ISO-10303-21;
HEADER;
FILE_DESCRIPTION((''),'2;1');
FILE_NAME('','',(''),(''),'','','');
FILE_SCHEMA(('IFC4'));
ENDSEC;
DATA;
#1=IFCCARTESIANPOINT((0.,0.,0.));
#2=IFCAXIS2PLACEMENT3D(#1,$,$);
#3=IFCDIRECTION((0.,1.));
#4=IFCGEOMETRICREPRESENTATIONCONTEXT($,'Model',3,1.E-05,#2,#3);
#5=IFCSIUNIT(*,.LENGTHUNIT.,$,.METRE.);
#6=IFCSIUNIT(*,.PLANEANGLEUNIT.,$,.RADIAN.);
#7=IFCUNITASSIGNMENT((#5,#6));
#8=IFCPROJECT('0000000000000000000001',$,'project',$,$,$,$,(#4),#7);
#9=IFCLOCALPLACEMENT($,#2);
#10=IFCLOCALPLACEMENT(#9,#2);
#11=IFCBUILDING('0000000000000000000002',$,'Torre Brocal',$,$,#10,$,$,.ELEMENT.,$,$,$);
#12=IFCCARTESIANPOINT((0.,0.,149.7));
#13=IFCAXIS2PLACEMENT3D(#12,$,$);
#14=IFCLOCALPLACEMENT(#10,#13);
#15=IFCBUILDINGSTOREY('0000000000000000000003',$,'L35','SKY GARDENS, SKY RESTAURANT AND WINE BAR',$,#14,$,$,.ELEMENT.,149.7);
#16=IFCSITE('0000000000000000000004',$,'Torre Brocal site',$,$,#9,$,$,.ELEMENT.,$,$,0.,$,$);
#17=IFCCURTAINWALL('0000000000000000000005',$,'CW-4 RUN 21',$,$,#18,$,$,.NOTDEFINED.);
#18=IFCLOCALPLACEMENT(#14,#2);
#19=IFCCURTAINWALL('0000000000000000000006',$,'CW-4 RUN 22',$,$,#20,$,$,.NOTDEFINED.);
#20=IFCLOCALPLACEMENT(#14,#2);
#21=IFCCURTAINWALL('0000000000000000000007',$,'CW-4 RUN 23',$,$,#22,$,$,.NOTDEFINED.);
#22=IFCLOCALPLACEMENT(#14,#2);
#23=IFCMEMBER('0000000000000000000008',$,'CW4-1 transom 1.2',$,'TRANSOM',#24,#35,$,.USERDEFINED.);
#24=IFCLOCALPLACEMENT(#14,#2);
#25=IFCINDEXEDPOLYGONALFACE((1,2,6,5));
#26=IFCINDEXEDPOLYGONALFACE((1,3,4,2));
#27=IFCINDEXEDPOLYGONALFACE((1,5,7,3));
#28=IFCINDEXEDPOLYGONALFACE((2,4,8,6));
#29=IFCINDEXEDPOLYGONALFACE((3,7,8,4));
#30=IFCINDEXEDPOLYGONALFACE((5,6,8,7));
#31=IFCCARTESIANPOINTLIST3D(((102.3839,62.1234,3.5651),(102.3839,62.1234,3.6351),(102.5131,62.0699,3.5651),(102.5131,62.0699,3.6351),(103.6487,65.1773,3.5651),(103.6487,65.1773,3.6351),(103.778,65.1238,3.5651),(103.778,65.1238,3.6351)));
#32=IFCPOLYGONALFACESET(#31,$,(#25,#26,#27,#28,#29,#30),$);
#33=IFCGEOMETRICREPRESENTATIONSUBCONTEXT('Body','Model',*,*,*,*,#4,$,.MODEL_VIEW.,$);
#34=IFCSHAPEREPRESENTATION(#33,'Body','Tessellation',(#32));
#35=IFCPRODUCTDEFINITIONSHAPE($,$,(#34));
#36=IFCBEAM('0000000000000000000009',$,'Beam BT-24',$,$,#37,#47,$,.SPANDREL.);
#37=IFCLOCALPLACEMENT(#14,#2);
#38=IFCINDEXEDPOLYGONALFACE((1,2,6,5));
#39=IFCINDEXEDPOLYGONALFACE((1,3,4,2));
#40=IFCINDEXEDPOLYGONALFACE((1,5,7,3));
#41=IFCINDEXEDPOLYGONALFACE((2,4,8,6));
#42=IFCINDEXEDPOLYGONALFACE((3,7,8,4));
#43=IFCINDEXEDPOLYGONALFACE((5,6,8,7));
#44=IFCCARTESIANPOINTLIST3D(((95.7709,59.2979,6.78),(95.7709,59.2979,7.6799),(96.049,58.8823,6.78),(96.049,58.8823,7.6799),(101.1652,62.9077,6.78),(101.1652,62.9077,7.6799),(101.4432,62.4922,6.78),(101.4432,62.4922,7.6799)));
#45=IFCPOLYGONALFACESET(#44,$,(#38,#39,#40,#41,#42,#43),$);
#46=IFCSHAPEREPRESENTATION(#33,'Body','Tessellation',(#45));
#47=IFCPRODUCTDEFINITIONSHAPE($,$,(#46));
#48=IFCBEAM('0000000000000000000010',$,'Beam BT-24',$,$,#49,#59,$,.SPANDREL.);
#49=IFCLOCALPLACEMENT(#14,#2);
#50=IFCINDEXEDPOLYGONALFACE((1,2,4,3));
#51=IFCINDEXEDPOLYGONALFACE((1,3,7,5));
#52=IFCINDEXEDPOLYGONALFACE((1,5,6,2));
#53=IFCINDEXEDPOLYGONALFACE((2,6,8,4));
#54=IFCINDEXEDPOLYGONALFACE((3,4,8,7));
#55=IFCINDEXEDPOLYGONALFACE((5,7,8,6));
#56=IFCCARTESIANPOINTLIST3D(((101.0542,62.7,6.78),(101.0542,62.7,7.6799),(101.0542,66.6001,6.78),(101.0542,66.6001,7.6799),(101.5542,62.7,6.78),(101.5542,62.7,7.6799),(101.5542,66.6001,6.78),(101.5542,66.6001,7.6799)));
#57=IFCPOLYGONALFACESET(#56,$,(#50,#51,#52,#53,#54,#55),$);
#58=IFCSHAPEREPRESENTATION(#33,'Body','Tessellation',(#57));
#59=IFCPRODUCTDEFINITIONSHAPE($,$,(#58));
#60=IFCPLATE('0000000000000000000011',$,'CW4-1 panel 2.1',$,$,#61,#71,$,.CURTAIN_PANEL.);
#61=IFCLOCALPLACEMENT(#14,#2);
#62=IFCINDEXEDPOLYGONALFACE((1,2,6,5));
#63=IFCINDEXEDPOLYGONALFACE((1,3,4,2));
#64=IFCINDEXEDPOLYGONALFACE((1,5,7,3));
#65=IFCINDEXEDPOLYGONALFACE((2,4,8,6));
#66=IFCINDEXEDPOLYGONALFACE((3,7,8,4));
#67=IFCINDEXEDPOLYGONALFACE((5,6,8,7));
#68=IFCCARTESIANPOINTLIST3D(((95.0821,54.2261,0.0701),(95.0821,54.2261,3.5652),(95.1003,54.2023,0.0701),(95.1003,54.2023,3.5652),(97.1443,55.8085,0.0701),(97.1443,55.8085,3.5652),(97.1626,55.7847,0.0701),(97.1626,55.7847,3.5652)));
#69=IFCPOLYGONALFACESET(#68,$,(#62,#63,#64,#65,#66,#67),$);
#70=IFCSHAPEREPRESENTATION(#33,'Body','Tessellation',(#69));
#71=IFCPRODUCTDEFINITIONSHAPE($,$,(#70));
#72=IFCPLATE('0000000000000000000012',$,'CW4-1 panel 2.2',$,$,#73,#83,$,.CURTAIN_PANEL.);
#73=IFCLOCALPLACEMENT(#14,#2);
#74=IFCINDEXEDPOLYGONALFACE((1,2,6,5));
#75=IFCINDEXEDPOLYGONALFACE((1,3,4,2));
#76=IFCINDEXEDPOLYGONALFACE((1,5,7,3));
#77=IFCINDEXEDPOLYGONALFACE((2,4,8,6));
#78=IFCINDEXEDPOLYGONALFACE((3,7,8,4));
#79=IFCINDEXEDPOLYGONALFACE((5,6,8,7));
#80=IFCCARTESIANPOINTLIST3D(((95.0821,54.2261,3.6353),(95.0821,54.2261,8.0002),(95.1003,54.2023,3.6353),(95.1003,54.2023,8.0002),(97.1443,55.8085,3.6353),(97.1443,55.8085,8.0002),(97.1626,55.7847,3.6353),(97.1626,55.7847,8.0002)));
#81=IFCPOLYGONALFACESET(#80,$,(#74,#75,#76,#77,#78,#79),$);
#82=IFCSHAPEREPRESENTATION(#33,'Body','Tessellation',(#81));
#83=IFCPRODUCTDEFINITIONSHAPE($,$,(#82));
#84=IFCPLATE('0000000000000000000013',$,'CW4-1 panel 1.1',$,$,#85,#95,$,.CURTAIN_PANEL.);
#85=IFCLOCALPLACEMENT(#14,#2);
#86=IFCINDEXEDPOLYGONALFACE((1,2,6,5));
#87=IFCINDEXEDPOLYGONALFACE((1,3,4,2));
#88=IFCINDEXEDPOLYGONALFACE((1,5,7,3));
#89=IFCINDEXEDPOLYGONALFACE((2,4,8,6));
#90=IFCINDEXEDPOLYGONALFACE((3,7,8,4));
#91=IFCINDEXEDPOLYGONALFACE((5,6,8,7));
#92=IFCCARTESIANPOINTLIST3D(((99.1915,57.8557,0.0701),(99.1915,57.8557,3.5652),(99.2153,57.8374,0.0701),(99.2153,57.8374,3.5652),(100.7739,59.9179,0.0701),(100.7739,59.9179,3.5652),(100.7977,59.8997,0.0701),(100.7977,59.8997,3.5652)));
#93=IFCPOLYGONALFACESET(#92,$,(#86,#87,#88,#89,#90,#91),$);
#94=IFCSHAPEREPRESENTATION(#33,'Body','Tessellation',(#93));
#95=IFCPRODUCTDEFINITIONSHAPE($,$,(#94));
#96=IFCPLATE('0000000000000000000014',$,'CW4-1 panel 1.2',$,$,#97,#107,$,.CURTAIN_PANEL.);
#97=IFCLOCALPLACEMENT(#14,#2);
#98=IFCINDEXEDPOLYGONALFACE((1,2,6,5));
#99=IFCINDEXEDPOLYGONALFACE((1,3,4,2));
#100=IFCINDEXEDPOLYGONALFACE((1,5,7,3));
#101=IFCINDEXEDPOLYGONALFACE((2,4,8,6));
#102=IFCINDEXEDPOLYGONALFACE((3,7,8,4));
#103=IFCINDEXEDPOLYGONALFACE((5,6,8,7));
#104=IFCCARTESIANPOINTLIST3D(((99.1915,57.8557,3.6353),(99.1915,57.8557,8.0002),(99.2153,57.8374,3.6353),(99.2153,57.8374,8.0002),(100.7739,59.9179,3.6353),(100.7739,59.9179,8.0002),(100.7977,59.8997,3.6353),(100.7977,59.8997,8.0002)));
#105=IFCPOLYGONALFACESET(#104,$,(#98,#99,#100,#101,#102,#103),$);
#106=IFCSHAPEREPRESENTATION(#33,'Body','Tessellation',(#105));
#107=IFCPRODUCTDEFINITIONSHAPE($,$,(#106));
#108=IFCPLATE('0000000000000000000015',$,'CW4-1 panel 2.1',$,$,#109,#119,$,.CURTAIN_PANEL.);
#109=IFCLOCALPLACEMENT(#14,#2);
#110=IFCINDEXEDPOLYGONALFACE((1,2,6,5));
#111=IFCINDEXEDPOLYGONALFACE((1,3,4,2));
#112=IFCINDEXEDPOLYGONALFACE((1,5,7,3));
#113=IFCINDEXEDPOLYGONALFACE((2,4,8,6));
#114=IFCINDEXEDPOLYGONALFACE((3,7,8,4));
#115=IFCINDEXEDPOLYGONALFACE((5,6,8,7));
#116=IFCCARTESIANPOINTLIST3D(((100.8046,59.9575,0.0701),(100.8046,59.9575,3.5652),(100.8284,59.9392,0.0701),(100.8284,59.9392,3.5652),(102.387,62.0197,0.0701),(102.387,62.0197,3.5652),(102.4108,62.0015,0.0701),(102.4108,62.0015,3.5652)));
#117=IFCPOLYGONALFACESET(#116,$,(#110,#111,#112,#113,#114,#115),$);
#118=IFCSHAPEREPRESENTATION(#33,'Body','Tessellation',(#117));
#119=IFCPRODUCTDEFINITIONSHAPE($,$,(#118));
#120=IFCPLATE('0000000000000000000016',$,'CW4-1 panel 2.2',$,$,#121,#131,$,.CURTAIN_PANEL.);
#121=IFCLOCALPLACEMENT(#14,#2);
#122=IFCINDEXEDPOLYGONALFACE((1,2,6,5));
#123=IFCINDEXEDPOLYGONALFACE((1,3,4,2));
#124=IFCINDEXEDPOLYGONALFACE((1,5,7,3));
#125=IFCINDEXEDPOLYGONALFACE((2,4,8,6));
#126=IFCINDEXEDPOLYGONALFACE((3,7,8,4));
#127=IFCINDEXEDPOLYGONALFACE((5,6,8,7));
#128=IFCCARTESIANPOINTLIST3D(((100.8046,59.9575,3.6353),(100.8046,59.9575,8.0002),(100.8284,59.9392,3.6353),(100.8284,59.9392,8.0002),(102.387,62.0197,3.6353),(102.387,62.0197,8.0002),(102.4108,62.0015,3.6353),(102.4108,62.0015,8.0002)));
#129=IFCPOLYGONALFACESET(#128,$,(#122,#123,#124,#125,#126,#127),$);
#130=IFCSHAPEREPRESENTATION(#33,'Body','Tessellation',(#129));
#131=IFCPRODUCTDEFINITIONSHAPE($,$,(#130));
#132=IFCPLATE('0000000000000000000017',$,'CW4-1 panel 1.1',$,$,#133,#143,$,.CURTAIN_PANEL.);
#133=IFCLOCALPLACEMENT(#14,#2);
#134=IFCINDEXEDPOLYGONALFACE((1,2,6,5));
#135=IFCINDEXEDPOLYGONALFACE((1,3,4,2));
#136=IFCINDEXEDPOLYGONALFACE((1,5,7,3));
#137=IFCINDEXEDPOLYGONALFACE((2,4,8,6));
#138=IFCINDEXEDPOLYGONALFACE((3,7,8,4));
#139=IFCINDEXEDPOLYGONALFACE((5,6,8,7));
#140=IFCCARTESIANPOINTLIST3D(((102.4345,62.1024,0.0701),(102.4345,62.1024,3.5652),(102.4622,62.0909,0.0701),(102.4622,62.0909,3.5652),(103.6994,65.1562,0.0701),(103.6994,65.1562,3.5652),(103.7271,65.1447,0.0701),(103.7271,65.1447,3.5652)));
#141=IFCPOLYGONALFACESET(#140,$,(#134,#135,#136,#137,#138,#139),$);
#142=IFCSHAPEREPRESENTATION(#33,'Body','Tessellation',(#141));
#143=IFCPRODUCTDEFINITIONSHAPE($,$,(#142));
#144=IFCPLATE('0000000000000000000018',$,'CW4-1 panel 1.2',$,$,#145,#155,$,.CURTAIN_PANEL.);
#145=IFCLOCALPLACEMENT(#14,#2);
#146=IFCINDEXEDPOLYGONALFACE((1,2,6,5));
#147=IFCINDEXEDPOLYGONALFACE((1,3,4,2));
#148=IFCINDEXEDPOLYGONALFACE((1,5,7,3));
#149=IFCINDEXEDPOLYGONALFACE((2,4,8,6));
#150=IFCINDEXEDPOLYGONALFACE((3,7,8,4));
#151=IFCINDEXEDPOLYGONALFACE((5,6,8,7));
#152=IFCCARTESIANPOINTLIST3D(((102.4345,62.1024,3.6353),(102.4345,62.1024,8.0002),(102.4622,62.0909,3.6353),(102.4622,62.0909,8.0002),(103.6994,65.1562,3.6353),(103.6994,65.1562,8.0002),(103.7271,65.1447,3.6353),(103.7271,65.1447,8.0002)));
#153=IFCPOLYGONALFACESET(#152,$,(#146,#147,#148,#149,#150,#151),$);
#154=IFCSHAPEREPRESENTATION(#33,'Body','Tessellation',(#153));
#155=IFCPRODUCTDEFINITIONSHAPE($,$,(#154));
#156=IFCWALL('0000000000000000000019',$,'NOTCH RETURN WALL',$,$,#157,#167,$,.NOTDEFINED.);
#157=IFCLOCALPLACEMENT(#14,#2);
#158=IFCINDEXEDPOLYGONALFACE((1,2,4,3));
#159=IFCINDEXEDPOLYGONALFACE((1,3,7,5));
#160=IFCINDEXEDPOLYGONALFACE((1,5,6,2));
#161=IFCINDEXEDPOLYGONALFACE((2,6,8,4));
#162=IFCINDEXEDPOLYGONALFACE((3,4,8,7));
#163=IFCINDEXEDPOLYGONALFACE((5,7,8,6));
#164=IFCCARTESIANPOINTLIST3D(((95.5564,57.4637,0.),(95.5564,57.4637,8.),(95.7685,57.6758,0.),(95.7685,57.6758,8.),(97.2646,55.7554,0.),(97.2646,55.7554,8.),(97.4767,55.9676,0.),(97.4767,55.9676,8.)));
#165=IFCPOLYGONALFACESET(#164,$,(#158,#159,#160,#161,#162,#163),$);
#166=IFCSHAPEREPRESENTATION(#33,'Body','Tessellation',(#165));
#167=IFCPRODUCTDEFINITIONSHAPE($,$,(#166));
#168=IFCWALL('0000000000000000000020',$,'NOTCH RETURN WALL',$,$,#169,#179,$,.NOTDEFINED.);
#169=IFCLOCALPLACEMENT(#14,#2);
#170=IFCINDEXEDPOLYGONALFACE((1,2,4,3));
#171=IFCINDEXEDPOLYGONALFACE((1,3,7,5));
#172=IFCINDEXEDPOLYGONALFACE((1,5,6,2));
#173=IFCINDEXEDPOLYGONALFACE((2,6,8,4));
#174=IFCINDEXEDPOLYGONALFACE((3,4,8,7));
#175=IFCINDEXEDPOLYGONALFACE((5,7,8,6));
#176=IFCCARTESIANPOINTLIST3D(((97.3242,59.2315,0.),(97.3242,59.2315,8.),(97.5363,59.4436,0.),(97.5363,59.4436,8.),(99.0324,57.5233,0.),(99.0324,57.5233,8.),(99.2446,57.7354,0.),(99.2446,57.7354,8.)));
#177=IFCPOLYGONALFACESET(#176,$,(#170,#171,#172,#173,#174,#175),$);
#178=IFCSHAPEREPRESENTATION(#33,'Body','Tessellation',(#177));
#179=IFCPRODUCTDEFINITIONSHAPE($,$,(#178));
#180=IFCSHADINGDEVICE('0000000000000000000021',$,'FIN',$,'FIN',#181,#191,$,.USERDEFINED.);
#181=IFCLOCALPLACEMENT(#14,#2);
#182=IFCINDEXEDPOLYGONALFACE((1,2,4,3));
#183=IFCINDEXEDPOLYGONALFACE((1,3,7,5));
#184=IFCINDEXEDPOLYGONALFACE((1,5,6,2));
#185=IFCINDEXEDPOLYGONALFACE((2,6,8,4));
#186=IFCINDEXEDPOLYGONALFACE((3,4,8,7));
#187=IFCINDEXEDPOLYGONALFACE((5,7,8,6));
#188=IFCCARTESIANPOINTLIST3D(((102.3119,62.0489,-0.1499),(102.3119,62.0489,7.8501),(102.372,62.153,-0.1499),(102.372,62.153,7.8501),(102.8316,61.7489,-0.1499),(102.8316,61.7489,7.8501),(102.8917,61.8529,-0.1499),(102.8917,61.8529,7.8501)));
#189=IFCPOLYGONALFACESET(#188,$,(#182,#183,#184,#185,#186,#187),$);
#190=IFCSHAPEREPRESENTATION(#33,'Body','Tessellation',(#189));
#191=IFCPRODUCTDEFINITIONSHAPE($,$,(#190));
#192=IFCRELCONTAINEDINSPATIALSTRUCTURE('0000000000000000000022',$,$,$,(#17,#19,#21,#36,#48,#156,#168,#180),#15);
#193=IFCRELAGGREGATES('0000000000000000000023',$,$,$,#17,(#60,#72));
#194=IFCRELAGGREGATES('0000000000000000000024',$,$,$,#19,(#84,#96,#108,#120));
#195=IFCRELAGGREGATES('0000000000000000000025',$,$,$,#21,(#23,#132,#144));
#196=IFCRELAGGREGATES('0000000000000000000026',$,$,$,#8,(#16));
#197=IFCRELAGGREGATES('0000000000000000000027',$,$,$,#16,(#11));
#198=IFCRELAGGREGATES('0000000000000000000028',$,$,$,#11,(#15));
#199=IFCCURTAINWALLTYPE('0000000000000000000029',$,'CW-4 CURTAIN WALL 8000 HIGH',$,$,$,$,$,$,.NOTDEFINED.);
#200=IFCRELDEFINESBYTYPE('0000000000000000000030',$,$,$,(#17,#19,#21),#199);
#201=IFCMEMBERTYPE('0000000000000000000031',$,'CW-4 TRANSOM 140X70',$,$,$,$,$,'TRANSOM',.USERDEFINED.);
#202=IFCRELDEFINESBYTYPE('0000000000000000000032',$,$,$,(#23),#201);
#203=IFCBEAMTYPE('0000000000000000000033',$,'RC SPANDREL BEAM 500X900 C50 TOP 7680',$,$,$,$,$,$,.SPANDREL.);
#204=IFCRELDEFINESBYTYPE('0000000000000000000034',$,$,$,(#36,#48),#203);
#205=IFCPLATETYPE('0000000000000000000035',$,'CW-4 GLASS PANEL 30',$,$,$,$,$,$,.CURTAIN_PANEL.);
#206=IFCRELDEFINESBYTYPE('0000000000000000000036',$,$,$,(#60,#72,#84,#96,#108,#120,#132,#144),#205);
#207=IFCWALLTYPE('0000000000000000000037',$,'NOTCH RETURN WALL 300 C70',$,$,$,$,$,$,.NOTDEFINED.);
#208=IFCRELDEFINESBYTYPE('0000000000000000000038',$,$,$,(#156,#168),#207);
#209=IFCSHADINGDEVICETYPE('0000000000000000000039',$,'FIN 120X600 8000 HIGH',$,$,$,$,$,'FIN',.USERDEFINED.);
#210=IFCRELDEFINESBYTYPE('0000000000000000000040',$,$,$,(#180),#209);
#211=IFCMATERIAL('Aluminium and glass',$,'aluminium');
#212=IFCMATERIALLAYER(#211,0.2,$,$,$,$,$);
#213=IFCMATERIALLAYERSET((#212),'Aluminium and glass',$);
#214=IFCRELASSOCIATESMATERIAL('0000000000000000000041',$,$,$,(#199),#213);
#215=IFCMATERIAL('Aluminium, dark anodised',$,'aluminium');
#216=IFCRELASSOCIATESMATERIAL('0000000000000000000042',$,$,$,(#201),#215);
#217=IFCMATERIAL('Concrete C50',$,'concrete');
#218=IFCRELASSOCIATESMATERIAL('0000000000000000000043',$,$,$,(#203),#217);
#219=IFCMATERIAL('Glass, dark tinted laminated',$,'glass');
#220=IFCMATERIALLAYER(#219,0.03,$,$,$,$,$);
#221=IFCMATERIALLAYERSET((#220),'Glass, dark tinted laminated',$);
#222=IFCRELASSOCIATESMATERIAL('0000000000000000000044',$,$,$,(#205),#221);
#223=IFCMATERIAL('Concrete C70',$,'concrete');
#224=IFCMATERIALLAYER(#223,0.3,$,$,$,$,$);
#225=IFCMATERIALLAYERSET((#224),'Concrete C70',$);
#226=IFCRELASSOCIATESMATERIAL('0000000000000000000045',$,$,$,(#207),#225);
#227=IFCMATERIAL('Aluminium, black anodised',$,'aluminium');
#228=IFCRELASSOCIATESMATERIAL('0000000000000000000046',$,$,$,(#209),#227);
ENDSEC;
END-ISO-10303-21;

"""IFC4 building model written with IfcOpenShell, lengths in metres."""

from ifc_helpers import new_model, si_unit, direction, frame, frame_2d, origin, origin_2d, place, context, subcontext, project, spatial, rectangle, extrude, material, layer, layer_set, material_profile, profile_set, type_object, element, aggregate, save


model = new_model("IFC4")

# Units and contexts
model_context = context("Model", 3, precision=1e-05, world=origin(), true_north=direction((0.0, 1.0)))
body_context = subcontext(model_context, "Body", "Model", "MODEL_VIEW")
ifc_project = project(units=[si_unit("LENGTHUNIT", "METRE"), si_unit("PLANEANGLEUNIT", "RADIAN")], contexts=[model_context])

# Site, building, storey
site_placement = place(None, origin())
site = spatial("IfcSite", under=ifc_project, at=site_placement, Name="Torre Brocal site", CompositionType="ELEMENT", RefElevation=0.0)
building_placement = place(site_placement, origin())
building = spatial("IfcBuilding", under=site, at=building_placement, Name="Torre Brocal", CompositionType="ELEMENT")
storey_placement = place(building_placement, frame((0.0, 0.0, 149.7)))
storey = spatial("IfcBuildingStorey", under=building, at=storey_placement, Name="L35", Description="SKY GARDENS, SKY RESTAURANT AND WINE BAR", CompositionType="ELEMENT", Elevation=149.7)

# Curtain wall
ifc_material_1 = material(Name="Aluminium and glass", Category="aluminium")
ifc_layer_1 = layer(ifc_material_1, 0.2)
ifc_layer_set_1 = layer_set([ifc_layer_1], Name="Aluminium and glass")
curtain_wall_type = type_object("IfcCurtainWallType", Name="CW-4 CURTAIN WALL 8000 HIGH", PredefinedType="NOTDEFINED", material=ifc_layer_set_1)
curtain_wall_1_placement = place(storey_placement, origin())
curtain_wall_1 = element("IfcCurtainWall", 1, at=curtain_wall_1_placement, inside=storey, type_object=curtain_wall_type, Name="CW-4 RUN 21", PredefinedType="NOTDEFINED")

# Curtain walls
curtain_wall_2_placement = place(storey_placement, origin())
curtain_wall_2 = element("IfcCurtainWall", 2, at=curtain_wall_2_placement, inside=storey, type_object=curtain_wall_type, Name="CW-4 RUN 22", PredefinedType="NOTDEFINED")
curtain_wall_3_placement = place(storey_placement, origin())
curtain_wall_3 = element("IfcCurtainWall", 3, at=curtain_wall_3_placement, inside=storey, type_object=curtain_wall_type, Name="CW-4 RUN 23", PredefinedType="NOTDEFINED")

# Member
ifc_material_2 = material(Name="Aluminium, dark anodised", Category="aluminium")
ifc_material_profile_1 = material_profile(ifc_material_2, rectangle(XDim=0.1399, YDim=0.0701, at=origin_2d()), Name="CW-4 TRANSOM 140X70")
ifc_profile_set_1 = profile_set([ifc_material_profile_1], Name="Aluminium, dark anodised")
member_type_1 = type_object("IfcMemberType", Name="CW-4 TRANSOM 140X70", ElementType="TRANSOM", PredefinedType="USERDEFINED", material=ifc_profile_set_1)
member_1_placement = place(storey_placement, frame((102.4485, 62.0967, 3.6001), z_axis=(0.382658, 0.92389, 0.0), x_axis=(-0.92389, 0.382658, 0.0)))
member_1 = element("IfcMember", 4, at=member_1_placement, type_object=member_type_1, Name="CW4-1 transom 1.2", ObjectType="TRANSOM", PredefinedType="USERDEFINED", context=body_context, shape_type="SweptSolid", body=[
    extrude(rectangle(XDim=0.1399, YDim=0.0701, at=origin_2d()), origin(), (0.0, 0.0, 1.0), 3.3054),
])

# Beams
ifc_material_3 = material(Name="Concrete C50", Category="concrete")
ifc_material_profile_2 = material_profile(ifc_material_3, rectangle(XDim=0.5, YDim=0.8999, at=origin_2d()), Name="RC 500X900")
ifc_profile_set_2 = profile_set([ifc_material_profile_2], Name="Concrete C50")
beam_type = type_object("IfcBeamType", Name="RC SPANDREL BEAM 500X900 C50 TOP 7680", PredefinedType="SPANDREL", material=ifc_profile_set_2)
beam_1_placement = place(storey_placement, frame((95.9099, 59.0901, 7.23), z_axis=(0.831077, 0.556158, 0.0), x_axis=(-0.556158, 0.831077, 0.0)))
element("IfcBeam", 5, at=beam_1_placement, inside=storey, type_object=beam_type, Name="Beam BT-24", PredefinedType="SPANDREL", context=body_context, shape_type="SweptSolid", body=[
    extrude(rectangle(XDim=0.5, YDim=0.8999, at=origin_2d()), origin(), (0.0, 0.0, 1.0), 6.4907),
])
beam_2_placement = place(storey_placement, frame((101.3042, 62.7, 7.23), z_axis=(0.0, 1.0, 0.0), x_axis=(-1.0, 0.0, 0.0)))
element("IfcBeam", 6, at=beam_2_placement, inside=storey, type_object=beam_type, Name="Beam BT-24", PredefinedType="SPANDREL", context=body_context, shape_type="SweptSolid", body=[
    extrude(rectangle(XDim=0.5, YDim=0.8999, at=origin_2d()), origin(), (0.0, 0.0, 1.0), 3.9001),
])

# Plates
ifc_material_4 = material(Name="Glass, dark tinted laminated", Category="glass")
ifc_layer_2 = layer(ifc_material_4, 0.03)
ifc_layer_set_2 = layer_set([ifc_layer_2], Name="Glass, dark tinted laminated")
plate_type = type_object("IfcPlateType", Name="CW-4 GLASS PANEL 30", PredefinedType="CURTAIN_PANEL", material=ifc_layer_set_2)
plate_1_placement = place(storey_placement, frame((96.1223, 55.0054, 0.0701), z_axis=(0.0, 0.0, 1.0), x_axis=(0.793353, 0.608761, 0.0)))
plate_1 = element("IfcPlate", 7, at=plate_1_placement, type_object=plate_type, Name="CW4-1 panel 2.1", PredefinedType="CURTAIN_PANEL", context=body_context, shape_type="SweptSolid", body=[
    extrude(rectangle(XDim=2.5994, YDim=0.03, at=origin_2d()), origin(), (0.0, 0.0, 1.0), 3.4951),
])
plate_2_placement = place(storey_placement, frame((96.1223, 55.0054, 3.6353), z_axis=(0.0, 0.0, 1.0), x_axis=(0.793353, 0.608761, 0.0)))
plate_2 = element("IfcPlate", 8, at=plate_2_placement, type_object=plate_type, Name="CW4-1 panel 2.2", PredefinedType="CURTAIN_PANEL", context=body_context, shape_type="SweptSolid", body=[
    extrude(rectangle(XDim=2.5994, YDim=0.03, at=origin_2d()), origin(), (0.0, 0.0, 1.0), 4.365),
])
aggregate(curtain_wall_1, [plate_1, plate_2])
plate_3_placement = place(storey_placement, frame((99.9946, 58.8777, 0.0701), z_axis=(0.0, 0.0, 1.0), x_axis=(0.608761, 0.793353, 0.0)))
plate_3 = element("IfcPlate", 9, at=plate_3_placement, type_object=plate_type, Name="CW4-1 panel 1.1", PredefinedType="CURTAIN_PANEL", context=body_context, shape_type="SweptSolid", body=[
    extrude(rectangle(XDim=2.5994, YDim=0.03, at=origin_2d()), origin(), (0.0, 0.0, 1.0), 3.4951),
])
plate_4_placement = place(storey_placement, frame((99.9946, 58.8777, 3.6353), z_axis=(0.0, 0.0, 1.0), x_axis=(0.608761, 0.793353, 0.0)))
plate_4 = element("IfcPlate", 10, at=plate_4_placement, type_object=plate_type, Name="CW4-1 panel 1.2", PredefinedType="CURTAIN_PANEL", context=body_context, shape_type="SweptSolid", body=[
    extrude(rectangle(XDim=2.5994, YDim=0.03, at=origin_2d()), origin(), (0.0, 0.0, 1.0), 4.365),
])
plate_5_placement = place(storey_placement, frame((101.6077, 60.9795, 0.0701), z_axis=(0.0, 0.0, 1.0), x_axis=(0.608761, 0.793353, 0.0)))
plate_5 = element("IfcPlate", 11, at=plate_5_placement, type_object=plate_type, Name="CW4-1 panel 2.1", PredefinedType="CURTAIN_PANEL", context=body_context, shape_type="SweptSolid", body=[
    extrude(rectangle(XDim=2.5994, YDim=0.03, at=origin_2d()), origin(), (0.0, 0.0, 1.0), 3.4951),
])
plate_6_placement = place(storey_placement, frame((101.6077, 60.9795, 3.6353), z_axis=(0.0, 0.0, 1.0), x_axis=(0.608761, 0.793353, 0.0)))
plate_6 = element("IfcPlate", 12, at=plate_6_placement, type_object=plate_type, Name="CW4-1 panel 2.2", PredefinedType="CURTAIN_PANEL", context=body_context, shape_type="SweptSolid", body=[
    extrude(rectangle(XDim=2.5994, YDim=0.03, at=origin_2d()), origin(), (0.0, 0.0, 1.0), 4.365),
])
aggregate(curtain_wall_2, [plate_3, plate_4, plate_5, plate_6])
plate_7_placement = place(storey_placement, frame((103.0808, 63.6235, 0.0701), z_axis=(0.0, 0.0, 1.0), x_axis=(0.382683, 0.92388, 0.0)))
plate_7 = element("IfcPlate", 13, at=plate_7_placement, type_object=plate_type, Name="CW4-1 panel 1.1", PredefinedType="CURTAIN_PANEL", context=body_context, shape_type="SweptSolid", body=[
    extrude(rectangle(XDim=3.3054, YDim=0.03, at=origin_2d()), origin(), (0.0, 0.0, 1.0), 3.4951),
])
plate_8_placement = place(storey_placement, frame((103.0808, 63.6235, 3.6353), z_axis=(0.0, 0.0, 1.0), x_axis=(0.382683, 0.92388, 0.0)))
plate_8 = element("IfcPlate", 14, at=plate_8_placement, type_object=plate_type, Name="CW4-1 panel 1.2", PredefinedType="CURTAIN_PANEL", context=body_context, shape_type="SweptSolid", body=[
    extrude(rectangle(XDim=3.3054, YDim=0.03, at=origin_2d()), origin(), (0.0, 0.0, 1.0), 4.365),
])
aggregate(curtain_wall_3, [member_1, plate_7, plate_8])

# Walls
ifc_material_5 = material(Name="Concrete C70", Category="concrete")
ifc_layer_3 = layer(ifc_material_5, 0.3)
ifc_layer_set_3 = layer_set([ifc_layer_3], Name="Concrete C70")
wall_type = type_object("IfcWallType", Name="NOTCH RETURN WALL 300 C70", PredefinedType="NOTDEFINED", material=ifc_layer_set_3)
for number, where, z_axis, x_axis, name in (
    (15, (95.6624, 57.5698, 0.0), (0.0, 0.0, 1.0), (0.707107, -0.707107, 0.0), "NOTCH RETURN WALL"),
    (16, (97.4302, 59.3376, 0.0), (0.0, 0.0, 1.0), (0.707107, -0.707107, 0.0), "NOTCH RETURN WALL"),
):
    element("IfcWall", number, at=place(storey_placement, frame(where, z_axis=z_axis, x_axis=x_axis)), inside=storey, type_object=wall_type, Name=name, PredefinedType="NOTDEFINED", context=body_context, shape_type="SweptSolid", body=[
        extrude(rectangle(XDim=2.4158, YDim=0.3, at=frame_2d((1.208, 0.0))), origin(), (0.0, 0.0, 1.0), 8.0),
    ])

# Shading device
ifc_material_6 = material(Name="Aluminium, black anodised", Category="aluminium")
ifc_material_profile_3 = material_profile(ifc_material_6, rectangle(XDim=0.1201, YDim=0.6001, at=origin_2d()), Name="FIN 120X600 8000 HIGH")
ifc_profile_set_3 = profile_set([ifc_material_profile_3], Name="Aluminium, black anodised")
shading_device_type = type_object("IfcShadingDeviceType", Name="FIN 120X600 8000 HIGH", ElementType="FIN", PredefinedType="USERDEFINED", material=ifc_profile_set_3)
shading_device_placement = place(storey_placement, frame((102.6018, 61.9509, -0.1499), z_axis=(0.0, 0.0, 1.0), x_axis=(0.5, 0.866025, 0.0)))
element("IfcShadingDevice", 17, at=shading_device_placement, inside=storey, type_object=shading_device_type, Name="FIN", ObjectType="FIN", PredefinedType="USERDEFINED", context=body_context, shape_type="SweptSolid", body=[
    extrude(rectangle(XDim=0.1201, YDim=0.6001, at=origin_2d()), origin(), (0.0, 0.0, 1.0), 8.0),
])

save(model, "model.ifc")
